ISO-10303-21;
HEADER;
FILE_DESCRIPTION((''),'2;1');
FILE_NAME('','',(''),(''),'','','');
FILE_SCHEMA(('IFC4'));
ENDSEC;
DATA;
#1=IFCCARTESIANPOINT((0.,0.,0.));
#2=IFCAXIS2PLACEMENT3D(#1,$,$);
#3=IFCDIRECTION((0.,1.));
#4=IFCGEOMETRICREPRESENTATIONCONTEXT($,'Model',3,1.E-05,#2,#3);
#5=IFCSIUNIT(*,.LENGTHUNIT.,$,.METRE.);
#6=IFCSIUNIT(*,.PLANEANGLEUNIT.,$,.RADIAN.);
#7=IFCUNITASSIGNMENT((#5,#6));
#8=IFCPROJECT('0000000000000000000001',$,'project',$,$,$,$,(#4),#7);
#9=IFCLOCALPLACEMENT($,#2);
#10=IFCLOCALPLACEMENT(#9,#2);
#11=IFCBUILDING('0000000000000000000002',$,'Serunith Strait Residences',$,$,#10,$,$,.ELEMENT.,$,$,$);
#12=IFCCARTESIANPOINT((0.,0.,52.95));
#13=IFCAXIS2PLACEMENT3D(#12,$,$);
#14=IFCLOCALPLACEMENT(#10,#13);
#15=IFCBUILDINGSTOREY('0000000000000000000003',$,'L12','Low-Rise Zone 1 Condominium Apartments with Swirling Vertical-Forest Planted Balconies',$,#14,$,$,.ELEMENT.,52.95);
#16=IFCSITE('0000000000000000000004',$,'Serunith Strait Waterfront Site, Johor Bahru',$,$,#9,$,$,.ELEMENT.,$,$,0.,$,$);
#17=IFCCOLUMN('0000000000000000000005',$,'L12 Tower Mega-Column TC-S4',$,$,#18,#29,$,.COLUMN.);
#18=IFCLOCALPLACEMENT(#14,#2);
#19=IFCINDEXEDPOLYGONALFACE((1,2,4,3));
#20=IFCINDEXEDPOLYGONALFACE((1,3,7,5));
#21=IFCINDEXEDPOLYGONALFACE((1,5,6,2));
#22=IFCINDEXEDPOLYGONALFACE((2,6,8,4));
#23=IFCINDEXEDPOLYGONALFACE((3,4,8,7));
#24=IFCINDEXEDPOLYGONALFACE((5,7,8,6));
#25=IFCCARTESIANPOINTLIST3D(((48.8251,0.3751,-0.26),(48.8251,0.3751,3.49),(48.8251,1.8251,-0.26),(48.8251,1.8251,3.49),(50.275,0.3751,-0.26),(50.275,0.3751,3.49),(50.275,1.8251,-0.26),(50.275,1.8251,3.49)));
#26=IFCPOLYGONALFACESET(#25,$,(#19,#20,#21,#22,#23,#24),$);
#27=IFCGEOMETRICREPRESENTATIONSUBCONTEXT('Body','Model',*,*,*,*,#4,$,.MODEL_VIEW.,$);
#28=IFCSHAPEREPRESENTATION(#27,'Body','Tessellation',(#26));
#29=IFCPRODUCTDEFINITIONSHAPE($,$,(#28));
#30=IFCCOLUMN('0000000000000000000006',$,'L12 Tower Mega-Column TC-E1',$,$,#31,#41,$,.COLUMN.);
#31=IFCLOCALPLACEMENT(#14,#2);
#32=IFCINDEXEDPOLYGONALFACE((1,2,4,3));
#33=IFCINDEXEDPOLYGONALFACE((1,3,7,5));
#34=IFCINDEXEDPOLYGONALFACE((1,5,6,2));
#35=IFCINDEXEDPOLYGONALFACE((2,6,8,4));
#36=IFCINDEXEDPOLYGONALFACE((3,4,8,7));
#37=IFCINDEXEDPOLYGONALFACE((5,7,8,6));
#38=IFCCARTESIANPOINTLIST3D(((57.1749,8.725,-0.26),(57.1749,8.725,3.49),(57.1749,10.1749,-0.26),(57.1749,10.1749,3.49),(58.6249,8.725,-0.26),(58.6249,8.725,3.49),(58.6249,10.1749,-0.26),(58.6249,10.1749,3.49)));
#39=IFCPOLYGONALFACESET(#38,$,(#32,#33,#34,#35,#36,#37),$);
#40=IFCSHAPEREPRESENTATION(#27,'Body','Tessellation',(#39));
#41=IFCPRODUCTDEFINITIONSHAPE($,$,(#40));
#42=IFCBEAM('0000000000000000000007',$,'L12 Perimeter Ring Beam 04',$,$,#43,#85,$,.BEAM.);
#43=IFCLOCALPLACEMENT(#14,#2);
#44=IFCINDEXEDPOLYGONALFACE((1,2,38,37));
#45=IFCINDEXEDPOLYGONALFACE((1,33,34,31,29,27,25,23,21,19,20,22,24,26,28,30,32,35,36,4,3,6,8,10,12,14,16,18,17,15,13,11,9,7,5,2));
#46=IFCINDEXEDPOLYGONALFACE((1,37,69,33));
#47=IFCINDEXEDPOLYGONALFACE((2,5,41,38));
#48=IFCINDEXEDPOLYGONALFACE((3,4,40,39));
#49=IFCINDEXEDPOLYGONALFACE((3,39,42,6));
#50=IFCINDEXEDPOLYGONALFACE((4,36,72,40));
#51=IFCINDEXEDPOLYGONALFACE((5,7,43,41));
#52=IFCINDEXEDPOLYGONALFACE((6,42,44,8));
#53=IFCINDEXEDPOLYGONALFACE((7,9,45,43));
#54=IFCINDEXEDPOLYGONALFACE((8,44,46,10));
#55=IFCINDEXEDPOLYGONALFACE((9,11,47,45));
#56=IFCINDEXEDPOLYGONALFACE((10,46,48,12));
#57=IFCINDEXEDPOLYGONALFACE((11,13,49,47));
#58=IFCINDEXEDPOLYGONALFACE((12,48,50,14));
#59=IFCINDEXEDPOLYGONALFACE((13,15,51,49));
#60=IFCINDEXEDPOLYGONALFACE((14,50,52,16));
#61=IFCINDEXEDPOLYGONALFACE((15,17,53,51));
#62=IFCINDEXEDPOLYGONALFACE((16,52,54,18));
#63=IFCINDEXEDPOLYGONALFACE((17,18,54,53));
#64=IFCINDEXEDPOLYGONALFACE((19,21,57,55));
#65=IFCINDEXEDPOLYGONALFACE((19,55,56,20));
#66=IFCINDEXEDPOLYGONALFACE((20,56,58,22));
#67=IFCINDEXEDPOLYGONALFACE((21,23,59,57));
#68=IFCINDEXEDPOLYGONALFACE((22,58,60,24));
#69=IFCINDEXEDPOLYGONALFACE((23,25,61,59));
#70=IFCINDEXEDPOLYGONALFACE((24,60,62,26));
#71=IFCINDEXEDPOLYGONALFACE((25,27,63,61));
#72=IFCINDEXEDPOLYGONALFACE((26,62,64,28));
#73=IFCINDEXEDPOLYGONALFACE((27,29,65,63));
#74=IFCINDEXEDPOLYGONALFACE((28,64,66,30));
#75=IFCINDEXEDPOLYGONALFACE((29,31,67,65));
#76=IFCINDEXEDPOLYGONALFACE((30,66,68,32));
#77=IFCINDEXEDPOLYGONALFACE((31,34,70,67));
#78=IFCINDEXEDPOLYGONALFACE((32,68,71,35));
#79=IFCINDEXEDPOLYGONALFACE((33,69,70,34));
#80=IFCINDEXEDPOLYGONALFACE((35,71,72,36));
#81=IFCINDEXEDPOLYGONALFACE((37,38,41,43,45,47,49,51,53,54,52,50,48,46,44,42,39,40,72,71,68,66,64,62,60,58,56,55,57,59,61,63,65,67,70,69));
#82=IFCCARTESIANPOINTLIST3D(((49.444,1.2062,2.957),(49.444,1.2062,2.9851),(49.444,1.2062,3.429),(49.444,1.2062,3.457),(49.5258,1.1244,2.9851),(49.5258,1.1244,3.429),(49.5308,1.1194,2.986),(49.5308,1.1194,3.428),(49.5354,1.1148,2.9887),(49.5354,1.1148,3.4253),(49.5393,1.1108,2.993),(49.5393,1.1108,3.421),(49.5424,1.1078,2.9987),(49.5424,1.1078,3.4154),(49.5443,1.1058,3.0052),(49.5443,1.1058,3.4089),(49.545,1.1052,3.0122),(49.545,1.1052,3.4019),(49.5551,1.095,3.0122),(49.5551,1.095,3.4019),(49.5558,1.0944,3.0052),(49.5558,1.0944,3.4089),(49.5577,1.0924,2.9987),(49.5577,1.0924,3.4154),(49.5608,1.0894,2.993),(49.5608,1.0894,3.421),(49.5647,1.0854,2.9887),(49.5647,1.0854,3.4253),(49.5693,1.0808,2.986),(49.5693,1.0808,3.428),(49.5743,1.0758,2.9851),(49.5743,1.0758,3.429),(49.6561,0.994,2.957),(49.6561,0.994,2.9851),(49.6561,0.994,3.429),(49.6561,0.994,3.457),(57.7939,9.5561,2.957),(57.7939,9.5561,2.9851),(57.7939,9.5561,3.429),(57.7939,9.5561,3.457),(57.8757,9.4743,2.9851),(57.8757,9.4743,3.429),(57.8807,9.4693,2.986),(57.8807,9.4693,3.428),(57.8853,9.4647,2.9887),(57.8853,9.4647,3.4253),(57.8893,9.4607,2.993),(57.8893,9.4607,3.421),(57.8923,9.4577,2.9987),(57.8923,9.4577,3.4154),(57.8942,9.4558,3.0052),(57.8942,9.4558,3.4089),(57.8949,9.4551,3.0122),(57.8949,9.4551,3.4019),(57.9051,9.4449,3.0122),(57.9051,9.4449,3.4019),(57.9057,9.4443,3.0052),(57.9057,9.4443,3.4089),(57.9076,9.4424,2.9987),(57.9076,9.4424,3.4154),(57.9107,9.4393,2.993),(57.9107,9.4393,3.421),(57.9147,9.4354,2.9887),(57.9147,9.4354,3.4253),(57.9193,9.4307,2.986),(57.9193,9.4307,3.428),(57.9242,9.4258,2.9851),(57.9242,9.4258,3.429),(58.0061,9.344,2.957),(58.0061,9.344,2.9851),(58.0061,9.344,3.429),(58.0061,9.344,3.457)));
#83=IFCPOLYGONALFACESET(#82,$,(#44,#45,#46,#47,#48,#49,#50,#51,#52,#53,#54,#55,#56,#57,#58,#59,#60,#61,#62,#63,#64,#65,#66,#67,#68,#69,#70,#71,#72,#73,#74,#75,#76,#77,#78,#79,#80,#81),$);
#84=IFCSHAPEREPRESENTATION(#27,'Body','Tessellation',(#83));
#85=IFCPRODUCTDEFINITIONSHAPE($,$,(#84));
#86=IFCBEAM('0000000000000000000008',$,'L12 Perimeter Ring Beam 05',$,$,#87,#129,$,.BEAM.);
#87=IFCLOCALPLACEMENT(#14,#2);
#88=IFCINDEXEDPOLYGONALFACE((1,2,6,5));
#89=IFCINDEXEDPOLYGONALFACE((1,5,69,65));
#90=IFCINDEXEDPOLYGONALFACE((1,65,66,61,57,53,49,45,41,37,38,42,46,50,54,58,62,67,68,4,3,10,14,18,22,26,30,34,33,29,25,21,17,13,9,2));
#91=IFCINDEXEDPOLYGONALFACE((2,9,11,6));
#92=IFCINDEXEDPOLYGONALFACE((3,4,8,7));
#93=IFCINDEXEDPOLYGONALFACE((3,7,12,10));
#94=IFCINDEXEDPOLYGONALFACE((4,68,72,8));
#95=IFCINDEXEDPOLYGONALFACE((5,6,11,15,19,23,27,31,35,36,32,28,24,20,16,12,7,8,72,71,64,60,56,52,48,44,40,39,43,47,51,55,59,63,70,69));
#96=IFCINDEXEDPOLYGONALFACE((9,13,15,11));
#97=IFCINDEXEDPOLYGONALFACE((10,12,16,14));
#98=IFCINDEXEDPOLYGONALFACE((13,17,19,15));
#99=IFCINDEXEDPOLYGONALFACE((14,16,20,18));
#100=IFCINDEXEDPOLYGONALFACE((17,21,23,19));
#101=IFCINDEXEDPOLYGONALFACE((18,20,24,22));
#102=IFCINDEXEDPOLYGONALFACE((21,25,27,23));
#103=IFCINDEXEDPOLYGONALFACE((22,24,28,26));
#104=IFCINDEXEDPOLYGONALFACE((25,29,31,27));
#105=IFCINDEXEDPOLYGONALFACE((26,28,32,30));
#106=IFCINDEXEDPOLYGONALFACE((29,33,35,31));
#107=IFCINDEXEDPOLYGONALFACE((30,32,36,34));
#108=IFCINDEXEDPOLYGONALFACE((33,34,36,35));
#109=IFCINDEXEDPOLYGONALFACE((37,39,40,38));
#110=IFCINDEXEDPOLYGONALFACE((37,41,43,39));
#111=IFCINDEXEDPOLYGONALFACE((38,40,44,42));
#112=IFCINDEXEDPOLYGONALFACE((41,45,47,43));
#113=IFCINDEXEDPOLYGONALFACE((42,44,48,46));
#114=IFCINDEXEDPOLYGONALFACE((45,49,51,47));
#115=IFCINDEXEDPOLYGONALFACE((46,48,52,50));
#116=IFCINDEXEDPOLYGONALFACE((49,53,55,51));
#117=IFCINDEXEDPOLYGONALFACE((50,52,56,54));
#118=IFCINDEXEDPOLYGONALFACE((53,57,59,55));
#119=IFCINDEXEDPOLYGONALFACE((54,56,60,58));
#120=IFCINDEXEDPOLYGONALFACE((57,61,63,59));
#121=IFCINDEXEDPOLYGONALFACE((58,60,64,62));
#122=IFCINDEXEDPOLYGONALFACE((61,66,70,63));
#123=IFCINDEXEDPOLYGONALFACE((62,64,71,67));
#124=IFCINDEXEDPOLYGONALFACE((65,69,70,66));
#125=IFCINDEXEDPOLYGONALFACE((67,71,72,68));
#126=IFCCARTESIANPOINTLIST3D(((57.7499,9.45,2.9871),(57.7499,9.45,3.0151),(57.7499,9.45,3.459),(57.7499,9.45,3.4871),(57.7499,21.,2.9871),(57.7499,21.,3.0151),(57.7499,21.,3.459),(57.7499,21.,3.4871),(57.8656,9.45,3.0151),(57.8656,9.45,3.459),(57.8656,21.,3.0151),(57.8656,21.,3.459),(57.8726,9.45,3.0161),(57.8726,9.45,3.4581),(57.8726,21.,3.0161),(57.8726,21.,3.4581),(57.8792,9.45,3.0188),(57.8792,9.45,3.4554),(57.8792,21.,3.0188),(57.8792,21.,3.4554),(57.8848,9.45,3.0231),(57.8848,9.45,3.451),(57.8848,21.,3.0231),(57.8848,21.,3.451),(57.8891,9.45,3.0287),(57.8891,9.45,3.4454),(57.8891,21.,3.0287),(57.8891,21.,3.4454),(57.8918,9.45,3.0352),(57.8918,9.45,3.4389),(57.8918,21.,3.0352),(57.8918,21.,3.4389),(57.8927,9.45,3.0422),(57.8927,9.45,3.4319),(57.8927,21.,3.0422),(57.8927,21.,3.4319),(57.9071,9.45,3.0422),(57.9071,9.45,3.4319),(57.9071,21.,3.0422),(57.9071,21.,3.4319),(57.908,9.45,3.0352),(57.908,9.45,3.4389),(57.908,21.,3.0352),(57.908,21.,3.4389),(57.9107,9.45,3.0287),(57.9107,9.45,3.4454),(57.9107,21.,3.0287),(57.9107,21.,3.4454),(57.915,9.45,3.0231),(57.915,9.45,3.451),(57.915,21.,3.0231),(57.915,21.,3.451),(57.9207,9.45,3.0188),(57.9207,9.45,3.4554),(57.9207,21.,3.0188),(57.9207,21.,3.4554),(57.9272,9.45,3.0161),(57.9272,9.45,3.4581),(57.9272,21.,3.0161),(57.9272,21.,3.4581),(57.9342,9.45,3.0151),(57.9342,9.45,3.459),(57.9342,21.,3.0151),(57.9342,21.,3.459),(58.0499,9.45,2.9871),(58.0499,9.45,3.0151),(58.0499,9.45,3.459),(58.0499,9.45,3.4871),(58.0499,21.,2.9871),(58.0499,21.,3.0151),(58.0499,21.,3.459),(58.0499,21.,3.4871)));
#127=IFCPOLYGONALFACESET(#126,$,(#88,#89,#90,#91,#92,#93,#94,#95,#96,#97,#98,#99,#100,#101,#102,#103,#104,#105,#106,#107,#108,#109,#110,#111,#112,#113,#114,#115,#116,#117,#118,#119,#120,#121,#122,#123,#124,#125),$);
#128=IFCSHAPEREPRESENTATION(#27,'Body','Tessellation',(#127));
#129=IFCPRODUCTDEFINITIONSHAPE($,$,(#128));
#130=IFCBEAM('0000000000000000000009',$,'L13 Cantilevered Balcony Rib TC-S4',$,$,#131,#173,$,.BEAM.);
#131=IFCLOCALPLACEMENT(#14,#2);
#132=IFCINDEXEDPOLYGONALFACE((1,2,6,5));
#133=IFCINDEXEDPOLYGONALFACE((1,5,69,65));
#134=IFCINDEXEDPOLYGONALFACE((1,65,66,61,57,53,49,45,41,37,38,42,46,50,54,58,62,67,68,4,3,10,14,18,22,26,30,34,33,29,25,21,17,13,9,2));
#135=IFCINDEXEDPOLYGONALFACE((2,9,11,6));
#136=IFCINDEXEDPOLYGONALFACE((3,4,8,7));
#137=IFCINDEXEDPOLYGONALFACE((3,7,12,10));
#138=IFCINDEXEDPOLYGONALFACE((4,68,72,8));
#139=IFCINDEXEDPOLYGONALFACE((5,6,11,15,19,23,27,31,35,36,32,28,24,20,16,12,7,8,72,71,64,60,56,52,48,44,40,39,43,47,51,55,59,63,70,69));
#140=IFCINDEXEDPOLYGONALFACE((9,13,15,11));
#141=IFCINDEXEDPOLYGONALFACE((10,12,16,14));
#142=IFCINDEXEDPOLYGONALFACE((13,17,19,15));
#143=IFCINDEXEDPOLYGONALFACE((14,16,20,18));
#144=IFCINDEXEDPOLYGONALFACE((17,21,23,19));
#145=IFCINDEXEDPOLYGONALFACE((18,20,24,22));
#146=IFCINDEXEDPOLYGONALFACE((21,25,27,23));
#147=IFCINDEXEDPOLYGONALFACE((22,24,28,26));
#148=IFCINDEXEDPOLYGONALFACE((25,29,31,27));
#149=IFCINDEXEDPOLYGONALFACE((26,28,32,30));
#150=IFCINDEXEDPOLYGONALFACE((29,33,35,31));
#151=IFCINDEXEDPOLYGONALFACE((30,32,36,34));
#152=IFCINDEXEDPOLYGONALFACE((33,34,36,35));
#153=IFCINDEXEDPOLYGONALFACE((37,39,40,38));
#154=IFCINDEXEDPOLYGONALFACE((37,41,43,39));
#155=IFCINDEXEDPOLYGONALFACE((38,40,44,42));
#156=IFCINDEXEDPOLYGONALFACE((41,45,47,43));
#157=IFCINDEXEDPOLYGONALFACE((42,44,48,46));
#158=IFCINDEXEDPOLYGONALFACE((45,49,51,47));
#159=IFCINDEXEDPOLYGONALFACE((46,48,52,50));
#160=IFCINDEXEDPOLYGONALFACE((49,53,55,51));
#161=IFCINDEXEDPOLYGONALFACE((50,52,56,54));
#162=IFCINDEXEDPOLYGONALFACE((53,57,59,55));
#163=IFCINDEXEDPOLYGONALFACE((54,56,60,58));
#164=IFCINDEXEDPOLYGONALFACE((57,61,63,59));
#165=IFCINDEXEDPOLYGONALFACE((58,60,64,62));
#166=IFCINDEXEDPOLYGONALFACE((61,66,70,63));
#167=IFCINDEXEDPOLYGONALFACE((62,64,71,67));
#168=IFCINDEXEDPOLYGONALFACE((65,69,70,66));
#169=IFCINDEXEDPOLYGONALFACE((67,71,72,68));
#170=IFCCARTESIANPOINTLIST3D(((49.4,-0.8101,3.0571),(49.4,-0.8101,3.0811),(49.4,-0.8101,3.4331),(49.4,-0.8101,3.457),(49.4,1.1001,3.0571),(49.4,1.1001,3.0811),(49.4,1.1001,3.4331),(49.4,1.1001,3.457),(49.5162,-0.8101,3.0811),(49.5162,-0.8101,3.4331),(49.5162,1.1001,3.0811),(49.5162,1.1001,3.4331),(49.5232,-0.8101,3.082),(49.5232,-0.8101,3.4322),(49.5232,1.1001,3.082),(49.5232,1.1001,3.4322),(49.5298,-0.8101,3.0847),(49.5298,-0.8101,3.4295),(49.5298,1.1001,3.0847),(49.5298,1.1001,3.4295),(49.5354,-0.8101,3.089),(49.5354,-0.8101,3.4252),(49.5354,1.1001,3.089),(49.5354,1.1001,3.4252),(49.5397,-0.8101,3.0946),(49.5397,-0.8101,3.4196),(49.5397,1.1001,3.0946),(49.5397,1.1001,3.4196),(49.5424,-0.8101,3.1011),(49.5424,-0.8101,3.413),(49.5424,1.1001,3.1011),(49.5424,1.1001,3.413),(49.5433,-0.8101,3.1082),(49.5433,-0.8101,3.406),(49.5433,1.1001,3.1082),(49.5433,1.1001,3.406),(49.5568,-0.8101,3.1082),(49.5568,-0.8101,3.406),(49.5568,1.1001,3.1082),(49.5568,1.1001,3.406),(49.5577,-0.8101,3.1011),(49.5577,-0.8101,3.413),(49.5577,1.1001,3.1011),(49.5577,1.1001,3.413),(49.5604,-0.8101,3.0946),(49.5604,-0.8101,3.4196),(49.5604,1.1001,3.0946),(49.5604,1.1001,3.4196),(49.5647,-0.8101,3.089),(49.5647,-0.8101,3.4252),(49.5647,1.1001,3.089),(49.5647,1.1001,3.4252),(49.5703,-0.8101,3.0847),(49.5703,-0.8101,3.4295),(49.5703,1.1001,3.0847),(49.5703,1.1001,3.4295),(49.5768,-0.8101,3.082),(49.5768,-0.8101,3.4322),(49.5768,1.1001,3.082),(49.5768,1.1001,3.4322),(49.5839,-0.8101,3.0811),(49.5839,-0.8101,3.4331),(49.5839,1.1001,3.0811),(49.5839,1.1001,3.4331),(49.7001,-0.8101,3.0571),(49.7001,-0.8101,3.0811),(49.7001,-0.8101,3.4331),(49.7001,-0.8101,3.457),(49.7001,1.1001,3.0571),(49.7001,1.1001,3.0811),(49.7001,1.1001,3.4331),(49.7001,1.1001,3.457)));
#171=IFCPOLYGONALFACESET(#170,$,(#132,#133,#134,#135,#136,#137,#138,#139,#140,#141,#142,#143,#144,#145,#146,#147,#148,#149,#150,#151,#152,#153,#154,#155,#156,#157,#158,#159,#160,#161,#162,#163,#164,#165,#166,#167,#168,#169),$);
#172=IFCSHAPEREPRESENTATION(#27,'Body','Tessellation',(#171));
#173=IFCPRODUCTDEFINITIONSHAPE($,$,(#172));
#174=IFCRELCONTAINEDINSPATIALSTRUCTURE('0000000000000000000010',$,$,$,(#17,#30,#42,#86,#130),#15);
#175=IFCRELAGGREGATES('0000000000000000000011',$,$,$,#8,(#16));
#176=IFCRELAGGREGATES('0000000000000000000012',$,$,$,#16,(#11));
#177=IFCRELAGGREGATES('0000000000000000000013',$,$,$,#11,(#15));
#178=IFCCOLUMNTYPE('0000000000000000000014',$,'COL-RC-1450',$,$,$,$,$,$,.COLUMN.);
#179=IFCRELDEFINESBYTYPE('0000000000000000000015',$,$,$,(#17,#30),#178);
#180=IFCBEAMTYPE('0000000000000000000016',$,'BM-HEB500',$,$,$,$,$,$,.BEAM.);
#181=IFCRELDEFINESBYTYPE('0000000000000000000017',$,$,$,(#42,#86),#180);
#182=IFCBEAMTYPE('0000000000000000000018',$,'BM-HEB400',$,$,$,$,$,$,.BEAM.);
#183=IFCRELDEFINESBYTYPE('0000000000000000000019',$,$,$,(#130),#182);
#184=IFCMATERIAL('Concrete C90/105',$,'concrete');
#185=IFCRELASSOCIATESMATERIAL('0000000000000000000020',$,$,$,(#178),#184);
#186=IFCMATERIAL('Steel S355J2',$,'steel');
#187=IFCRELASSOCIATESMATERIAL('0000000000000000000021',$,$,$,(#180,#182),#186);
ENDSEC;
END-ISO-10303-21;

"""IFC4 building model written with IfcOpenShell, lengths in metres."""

from ifc_helpers import new_model, si_unit, direction, frame, origin, origin_2d, place, context, subcontext, project, spatial, rectangle, i_section, extrude, source, transform, mapped, material, material_profile, profile_set, type_object, element, save


model = new_model("IFC4")

# Units and contexts
model_context = context("Model", 3, precision=1e-05, world=origin(), true_north=direction((0.0, 1.0)))
body_context = subcontext(model_context, "Body", "Model", "MODEL_VIEW")
ifc_project = project(units=[si_unit("LENGTHUNIT", "METRE"), si_unit("PLANEANGLEUNIT", "RADIAN")], contexts=[model_context])

# Site, building, storey
site_placement = place(None, origin())
site = spatial("IfcSite", under=ifc_project, at=site_placement, Name="Serunith Strait Waterfront Site, Johor Bahru", CompositionType="ELEMENT", RefElevation=0.0)
building_placement = place(site_placement, origin())
building = spatial("IfcBuilding", under=site, at=building_placement, Name="Serunith Strait Residences", CompositionType="ELEMENT")
storey_placement = place(building_placement, frame((0.0, 0.0, 52.95)))
storey = spatial("IfcBuildingStorey", under=building, at=storey_placement, Name="L12", Description="Low-Rise Zone 1 Condominium Apartments with Swirling Vertical-Forest Planted Balconies", CompositionType="ELEMENT", Elevation=52.95)

# Columns
ifc_material_1 = material(Name="Concrete C90/105", Category="concrete")
ifc_material_profile_1 = material_profile(ifc_material_1, rectangle(XDim=1.45, YDim=1.45, at=origin_2d()), Name="RC 1450x1450")
ifc_profile_set_1 = profile_set([ifc_material_profile_1], Name="Concrete C90/105")
column_type = type_object("IfcColumnType", Name="COL-RC-1450", PredefinedType="COLUMN", material=ifc_profile_set_1)
shared_shape_1 = source(origin(), body_context, "Body", "SweptSolid", [
    extrude(rectangle(XDim=1.45, YDim=1.45, at=origin_2d()), origin(), (0.0, 0.0, 1.0), 3.75),
])
for number, where, z_axis, x_axis, name in (
    (1, (49.55, 1.1001, -0.26), (0.0, 0.0, 1.0), (1.0, 0.0, 0.0), "L12 Tower Mega-Column TC-S4"),
    (2, (57.8999, 9.45, -0.26), (0.0, 0.0, 1.0), (1.0, 0.0, 0.0), "L12 Tower Mega-Column TC-E1"),
):
    element("IfcColumn", number, at=place(storey_placement, frame(where, z_axis=z_axis, x_axis=x_axis)), inside=storey, type_object=column_type, Name=name, PredefinedType="COLUMN", context=body_context, shape_type="MappedRepresentation", body=[
        mapped(shared_shape_1, transform((0.0, 0.0, 0.0), scale=1.0)),
    ])

# Beams
ifc_material_2 = material(Name="Steel S355J2", Category="steel")
ifc_material_profile_2 = material_profile(ifc_material_2, i_section(OverallWidth=0.3, OverallDepth=0.5, WebThickness=0.0144, FlangeThickness=0.0281, FilletRadius=0.0271, at=origin_2d()), Name="HEB 500")
ifc_profile_set_2 = profile_set([ifc_material_profile_2], Name="Steel S355J2")
beam_type_1 = type_object("IfcBeamType", Name="BM-HEB500", PredefinedType="BEAM", material=ifc_profile_set_2)
shared_shape_2 = source(origin(), body_context, "Body", "SweptSolid", [
    extrude(i_section(OverallWidth=0.3, OverallDepth=0.5, WebThickness=0.0144, FlangeThickness=0.0281, FilletRadius=0.0271, at=origin_2d()), origin(), (0.0, 0.0, 1.0), 11.8086),
])
beam_1_placement = place(storey_placement, frame((49.55, 1.1001, 3.207), z_axis=(0.707107, 0.707107, 0.0), x_axis=(-0.707107, 0.707107, 0.0)))
element("IfcBeam", 3, at=beam_1_placement, inside=storey, type_object=beam_type_1, Name="L12 Perimeter Ring Beam 04", PredefinedType="BEAM", context=body_context, shape_type="MappedRepresentation", body=[
    mapped(shared_shape_2, transform((0.0, 0.0, 0.0), scale=1.0)),
])
shared_shape_3 = source(origin(), body_context, "Body", "SweptSolid", [
    extrude(i_section(OverallWidth=0.3, OverallDepth=0.5, WebThickness=0.0144, FlangeThickness=0.0281, FilletRadius=0.0271, at=origin_2d()), origin(), (0.0, 0.0, 1.0), 11.55),
])
beam_2_placement = place(storey_placement, frame((57.8999, 9.45, 3.2371), z_axis=(0.0, 1.0, 0.0), x_axis=(-1.0, 0.0, 0.0)))
element("IfcBeam", 4, at=beam_2_placement, inside=storey, type_object=beam_type_1, Name="L12 Perimeter Ring Beam 05", PredefinedType="BEAM", context=body_context, shape_type="MappedRepresentation", body=[
    mapped(shared_shape_3, transform((0.0, 0.0, 0.0), scale=1.0)),
])
ifc_material_profile_3 = material_profile(ifc_material_2, i_section(OverallWidth=0.3, OverallDepth=0.3999, WebThickness=0.0134, FlangeThickness=0.0239, FilletRadius=0.0271, at=origin_2d()), Name="HEB 400")
ifc_profile_set_3 = profile_set([ifc_material_profile_3], Name="Steel S355J2")
beam_type_2 = type_object("IfcBeamType", Name="BM-HEB400", PredefinedType="BEAM", material=ifc_profile_set_3)
shared_shape_4 = source(origin(), body_context, "Body", "SweptSolid", [
    extrude(i_section(OverallWidth=0.3, OverallDepth=0.3999, WebThickness=0.0134, FlangeThickness=0.0239, FilletRadius=0.0271, at=origin_2d()), origin(), (0.0, 0.0, 1.0), 1.9102),
])
for number, where, z_axis, x_axis, name in (
    (5, (49.55, 1.1001, 3.2571), (0.0, -1.0, 0.0), (1.0, 0.0, 0.0), "L13 Cantilevered Balcony Rib TC-S4"),
):
    element("IfcBeam", number, at=place(storey_placement, frame(where, z_axis=z_axis, x_axis=x_axis)), inside=storey, type_object=beam_type_2, Name=name, PredefinedType="BEAM", context=body_context, shape_type="MappedRepresentation", body=[
        mapped(shared_shape_4, transform((0.0, 0.0, 0.0), scale=1.0)),
    ])

save(model, "model.ifc")
